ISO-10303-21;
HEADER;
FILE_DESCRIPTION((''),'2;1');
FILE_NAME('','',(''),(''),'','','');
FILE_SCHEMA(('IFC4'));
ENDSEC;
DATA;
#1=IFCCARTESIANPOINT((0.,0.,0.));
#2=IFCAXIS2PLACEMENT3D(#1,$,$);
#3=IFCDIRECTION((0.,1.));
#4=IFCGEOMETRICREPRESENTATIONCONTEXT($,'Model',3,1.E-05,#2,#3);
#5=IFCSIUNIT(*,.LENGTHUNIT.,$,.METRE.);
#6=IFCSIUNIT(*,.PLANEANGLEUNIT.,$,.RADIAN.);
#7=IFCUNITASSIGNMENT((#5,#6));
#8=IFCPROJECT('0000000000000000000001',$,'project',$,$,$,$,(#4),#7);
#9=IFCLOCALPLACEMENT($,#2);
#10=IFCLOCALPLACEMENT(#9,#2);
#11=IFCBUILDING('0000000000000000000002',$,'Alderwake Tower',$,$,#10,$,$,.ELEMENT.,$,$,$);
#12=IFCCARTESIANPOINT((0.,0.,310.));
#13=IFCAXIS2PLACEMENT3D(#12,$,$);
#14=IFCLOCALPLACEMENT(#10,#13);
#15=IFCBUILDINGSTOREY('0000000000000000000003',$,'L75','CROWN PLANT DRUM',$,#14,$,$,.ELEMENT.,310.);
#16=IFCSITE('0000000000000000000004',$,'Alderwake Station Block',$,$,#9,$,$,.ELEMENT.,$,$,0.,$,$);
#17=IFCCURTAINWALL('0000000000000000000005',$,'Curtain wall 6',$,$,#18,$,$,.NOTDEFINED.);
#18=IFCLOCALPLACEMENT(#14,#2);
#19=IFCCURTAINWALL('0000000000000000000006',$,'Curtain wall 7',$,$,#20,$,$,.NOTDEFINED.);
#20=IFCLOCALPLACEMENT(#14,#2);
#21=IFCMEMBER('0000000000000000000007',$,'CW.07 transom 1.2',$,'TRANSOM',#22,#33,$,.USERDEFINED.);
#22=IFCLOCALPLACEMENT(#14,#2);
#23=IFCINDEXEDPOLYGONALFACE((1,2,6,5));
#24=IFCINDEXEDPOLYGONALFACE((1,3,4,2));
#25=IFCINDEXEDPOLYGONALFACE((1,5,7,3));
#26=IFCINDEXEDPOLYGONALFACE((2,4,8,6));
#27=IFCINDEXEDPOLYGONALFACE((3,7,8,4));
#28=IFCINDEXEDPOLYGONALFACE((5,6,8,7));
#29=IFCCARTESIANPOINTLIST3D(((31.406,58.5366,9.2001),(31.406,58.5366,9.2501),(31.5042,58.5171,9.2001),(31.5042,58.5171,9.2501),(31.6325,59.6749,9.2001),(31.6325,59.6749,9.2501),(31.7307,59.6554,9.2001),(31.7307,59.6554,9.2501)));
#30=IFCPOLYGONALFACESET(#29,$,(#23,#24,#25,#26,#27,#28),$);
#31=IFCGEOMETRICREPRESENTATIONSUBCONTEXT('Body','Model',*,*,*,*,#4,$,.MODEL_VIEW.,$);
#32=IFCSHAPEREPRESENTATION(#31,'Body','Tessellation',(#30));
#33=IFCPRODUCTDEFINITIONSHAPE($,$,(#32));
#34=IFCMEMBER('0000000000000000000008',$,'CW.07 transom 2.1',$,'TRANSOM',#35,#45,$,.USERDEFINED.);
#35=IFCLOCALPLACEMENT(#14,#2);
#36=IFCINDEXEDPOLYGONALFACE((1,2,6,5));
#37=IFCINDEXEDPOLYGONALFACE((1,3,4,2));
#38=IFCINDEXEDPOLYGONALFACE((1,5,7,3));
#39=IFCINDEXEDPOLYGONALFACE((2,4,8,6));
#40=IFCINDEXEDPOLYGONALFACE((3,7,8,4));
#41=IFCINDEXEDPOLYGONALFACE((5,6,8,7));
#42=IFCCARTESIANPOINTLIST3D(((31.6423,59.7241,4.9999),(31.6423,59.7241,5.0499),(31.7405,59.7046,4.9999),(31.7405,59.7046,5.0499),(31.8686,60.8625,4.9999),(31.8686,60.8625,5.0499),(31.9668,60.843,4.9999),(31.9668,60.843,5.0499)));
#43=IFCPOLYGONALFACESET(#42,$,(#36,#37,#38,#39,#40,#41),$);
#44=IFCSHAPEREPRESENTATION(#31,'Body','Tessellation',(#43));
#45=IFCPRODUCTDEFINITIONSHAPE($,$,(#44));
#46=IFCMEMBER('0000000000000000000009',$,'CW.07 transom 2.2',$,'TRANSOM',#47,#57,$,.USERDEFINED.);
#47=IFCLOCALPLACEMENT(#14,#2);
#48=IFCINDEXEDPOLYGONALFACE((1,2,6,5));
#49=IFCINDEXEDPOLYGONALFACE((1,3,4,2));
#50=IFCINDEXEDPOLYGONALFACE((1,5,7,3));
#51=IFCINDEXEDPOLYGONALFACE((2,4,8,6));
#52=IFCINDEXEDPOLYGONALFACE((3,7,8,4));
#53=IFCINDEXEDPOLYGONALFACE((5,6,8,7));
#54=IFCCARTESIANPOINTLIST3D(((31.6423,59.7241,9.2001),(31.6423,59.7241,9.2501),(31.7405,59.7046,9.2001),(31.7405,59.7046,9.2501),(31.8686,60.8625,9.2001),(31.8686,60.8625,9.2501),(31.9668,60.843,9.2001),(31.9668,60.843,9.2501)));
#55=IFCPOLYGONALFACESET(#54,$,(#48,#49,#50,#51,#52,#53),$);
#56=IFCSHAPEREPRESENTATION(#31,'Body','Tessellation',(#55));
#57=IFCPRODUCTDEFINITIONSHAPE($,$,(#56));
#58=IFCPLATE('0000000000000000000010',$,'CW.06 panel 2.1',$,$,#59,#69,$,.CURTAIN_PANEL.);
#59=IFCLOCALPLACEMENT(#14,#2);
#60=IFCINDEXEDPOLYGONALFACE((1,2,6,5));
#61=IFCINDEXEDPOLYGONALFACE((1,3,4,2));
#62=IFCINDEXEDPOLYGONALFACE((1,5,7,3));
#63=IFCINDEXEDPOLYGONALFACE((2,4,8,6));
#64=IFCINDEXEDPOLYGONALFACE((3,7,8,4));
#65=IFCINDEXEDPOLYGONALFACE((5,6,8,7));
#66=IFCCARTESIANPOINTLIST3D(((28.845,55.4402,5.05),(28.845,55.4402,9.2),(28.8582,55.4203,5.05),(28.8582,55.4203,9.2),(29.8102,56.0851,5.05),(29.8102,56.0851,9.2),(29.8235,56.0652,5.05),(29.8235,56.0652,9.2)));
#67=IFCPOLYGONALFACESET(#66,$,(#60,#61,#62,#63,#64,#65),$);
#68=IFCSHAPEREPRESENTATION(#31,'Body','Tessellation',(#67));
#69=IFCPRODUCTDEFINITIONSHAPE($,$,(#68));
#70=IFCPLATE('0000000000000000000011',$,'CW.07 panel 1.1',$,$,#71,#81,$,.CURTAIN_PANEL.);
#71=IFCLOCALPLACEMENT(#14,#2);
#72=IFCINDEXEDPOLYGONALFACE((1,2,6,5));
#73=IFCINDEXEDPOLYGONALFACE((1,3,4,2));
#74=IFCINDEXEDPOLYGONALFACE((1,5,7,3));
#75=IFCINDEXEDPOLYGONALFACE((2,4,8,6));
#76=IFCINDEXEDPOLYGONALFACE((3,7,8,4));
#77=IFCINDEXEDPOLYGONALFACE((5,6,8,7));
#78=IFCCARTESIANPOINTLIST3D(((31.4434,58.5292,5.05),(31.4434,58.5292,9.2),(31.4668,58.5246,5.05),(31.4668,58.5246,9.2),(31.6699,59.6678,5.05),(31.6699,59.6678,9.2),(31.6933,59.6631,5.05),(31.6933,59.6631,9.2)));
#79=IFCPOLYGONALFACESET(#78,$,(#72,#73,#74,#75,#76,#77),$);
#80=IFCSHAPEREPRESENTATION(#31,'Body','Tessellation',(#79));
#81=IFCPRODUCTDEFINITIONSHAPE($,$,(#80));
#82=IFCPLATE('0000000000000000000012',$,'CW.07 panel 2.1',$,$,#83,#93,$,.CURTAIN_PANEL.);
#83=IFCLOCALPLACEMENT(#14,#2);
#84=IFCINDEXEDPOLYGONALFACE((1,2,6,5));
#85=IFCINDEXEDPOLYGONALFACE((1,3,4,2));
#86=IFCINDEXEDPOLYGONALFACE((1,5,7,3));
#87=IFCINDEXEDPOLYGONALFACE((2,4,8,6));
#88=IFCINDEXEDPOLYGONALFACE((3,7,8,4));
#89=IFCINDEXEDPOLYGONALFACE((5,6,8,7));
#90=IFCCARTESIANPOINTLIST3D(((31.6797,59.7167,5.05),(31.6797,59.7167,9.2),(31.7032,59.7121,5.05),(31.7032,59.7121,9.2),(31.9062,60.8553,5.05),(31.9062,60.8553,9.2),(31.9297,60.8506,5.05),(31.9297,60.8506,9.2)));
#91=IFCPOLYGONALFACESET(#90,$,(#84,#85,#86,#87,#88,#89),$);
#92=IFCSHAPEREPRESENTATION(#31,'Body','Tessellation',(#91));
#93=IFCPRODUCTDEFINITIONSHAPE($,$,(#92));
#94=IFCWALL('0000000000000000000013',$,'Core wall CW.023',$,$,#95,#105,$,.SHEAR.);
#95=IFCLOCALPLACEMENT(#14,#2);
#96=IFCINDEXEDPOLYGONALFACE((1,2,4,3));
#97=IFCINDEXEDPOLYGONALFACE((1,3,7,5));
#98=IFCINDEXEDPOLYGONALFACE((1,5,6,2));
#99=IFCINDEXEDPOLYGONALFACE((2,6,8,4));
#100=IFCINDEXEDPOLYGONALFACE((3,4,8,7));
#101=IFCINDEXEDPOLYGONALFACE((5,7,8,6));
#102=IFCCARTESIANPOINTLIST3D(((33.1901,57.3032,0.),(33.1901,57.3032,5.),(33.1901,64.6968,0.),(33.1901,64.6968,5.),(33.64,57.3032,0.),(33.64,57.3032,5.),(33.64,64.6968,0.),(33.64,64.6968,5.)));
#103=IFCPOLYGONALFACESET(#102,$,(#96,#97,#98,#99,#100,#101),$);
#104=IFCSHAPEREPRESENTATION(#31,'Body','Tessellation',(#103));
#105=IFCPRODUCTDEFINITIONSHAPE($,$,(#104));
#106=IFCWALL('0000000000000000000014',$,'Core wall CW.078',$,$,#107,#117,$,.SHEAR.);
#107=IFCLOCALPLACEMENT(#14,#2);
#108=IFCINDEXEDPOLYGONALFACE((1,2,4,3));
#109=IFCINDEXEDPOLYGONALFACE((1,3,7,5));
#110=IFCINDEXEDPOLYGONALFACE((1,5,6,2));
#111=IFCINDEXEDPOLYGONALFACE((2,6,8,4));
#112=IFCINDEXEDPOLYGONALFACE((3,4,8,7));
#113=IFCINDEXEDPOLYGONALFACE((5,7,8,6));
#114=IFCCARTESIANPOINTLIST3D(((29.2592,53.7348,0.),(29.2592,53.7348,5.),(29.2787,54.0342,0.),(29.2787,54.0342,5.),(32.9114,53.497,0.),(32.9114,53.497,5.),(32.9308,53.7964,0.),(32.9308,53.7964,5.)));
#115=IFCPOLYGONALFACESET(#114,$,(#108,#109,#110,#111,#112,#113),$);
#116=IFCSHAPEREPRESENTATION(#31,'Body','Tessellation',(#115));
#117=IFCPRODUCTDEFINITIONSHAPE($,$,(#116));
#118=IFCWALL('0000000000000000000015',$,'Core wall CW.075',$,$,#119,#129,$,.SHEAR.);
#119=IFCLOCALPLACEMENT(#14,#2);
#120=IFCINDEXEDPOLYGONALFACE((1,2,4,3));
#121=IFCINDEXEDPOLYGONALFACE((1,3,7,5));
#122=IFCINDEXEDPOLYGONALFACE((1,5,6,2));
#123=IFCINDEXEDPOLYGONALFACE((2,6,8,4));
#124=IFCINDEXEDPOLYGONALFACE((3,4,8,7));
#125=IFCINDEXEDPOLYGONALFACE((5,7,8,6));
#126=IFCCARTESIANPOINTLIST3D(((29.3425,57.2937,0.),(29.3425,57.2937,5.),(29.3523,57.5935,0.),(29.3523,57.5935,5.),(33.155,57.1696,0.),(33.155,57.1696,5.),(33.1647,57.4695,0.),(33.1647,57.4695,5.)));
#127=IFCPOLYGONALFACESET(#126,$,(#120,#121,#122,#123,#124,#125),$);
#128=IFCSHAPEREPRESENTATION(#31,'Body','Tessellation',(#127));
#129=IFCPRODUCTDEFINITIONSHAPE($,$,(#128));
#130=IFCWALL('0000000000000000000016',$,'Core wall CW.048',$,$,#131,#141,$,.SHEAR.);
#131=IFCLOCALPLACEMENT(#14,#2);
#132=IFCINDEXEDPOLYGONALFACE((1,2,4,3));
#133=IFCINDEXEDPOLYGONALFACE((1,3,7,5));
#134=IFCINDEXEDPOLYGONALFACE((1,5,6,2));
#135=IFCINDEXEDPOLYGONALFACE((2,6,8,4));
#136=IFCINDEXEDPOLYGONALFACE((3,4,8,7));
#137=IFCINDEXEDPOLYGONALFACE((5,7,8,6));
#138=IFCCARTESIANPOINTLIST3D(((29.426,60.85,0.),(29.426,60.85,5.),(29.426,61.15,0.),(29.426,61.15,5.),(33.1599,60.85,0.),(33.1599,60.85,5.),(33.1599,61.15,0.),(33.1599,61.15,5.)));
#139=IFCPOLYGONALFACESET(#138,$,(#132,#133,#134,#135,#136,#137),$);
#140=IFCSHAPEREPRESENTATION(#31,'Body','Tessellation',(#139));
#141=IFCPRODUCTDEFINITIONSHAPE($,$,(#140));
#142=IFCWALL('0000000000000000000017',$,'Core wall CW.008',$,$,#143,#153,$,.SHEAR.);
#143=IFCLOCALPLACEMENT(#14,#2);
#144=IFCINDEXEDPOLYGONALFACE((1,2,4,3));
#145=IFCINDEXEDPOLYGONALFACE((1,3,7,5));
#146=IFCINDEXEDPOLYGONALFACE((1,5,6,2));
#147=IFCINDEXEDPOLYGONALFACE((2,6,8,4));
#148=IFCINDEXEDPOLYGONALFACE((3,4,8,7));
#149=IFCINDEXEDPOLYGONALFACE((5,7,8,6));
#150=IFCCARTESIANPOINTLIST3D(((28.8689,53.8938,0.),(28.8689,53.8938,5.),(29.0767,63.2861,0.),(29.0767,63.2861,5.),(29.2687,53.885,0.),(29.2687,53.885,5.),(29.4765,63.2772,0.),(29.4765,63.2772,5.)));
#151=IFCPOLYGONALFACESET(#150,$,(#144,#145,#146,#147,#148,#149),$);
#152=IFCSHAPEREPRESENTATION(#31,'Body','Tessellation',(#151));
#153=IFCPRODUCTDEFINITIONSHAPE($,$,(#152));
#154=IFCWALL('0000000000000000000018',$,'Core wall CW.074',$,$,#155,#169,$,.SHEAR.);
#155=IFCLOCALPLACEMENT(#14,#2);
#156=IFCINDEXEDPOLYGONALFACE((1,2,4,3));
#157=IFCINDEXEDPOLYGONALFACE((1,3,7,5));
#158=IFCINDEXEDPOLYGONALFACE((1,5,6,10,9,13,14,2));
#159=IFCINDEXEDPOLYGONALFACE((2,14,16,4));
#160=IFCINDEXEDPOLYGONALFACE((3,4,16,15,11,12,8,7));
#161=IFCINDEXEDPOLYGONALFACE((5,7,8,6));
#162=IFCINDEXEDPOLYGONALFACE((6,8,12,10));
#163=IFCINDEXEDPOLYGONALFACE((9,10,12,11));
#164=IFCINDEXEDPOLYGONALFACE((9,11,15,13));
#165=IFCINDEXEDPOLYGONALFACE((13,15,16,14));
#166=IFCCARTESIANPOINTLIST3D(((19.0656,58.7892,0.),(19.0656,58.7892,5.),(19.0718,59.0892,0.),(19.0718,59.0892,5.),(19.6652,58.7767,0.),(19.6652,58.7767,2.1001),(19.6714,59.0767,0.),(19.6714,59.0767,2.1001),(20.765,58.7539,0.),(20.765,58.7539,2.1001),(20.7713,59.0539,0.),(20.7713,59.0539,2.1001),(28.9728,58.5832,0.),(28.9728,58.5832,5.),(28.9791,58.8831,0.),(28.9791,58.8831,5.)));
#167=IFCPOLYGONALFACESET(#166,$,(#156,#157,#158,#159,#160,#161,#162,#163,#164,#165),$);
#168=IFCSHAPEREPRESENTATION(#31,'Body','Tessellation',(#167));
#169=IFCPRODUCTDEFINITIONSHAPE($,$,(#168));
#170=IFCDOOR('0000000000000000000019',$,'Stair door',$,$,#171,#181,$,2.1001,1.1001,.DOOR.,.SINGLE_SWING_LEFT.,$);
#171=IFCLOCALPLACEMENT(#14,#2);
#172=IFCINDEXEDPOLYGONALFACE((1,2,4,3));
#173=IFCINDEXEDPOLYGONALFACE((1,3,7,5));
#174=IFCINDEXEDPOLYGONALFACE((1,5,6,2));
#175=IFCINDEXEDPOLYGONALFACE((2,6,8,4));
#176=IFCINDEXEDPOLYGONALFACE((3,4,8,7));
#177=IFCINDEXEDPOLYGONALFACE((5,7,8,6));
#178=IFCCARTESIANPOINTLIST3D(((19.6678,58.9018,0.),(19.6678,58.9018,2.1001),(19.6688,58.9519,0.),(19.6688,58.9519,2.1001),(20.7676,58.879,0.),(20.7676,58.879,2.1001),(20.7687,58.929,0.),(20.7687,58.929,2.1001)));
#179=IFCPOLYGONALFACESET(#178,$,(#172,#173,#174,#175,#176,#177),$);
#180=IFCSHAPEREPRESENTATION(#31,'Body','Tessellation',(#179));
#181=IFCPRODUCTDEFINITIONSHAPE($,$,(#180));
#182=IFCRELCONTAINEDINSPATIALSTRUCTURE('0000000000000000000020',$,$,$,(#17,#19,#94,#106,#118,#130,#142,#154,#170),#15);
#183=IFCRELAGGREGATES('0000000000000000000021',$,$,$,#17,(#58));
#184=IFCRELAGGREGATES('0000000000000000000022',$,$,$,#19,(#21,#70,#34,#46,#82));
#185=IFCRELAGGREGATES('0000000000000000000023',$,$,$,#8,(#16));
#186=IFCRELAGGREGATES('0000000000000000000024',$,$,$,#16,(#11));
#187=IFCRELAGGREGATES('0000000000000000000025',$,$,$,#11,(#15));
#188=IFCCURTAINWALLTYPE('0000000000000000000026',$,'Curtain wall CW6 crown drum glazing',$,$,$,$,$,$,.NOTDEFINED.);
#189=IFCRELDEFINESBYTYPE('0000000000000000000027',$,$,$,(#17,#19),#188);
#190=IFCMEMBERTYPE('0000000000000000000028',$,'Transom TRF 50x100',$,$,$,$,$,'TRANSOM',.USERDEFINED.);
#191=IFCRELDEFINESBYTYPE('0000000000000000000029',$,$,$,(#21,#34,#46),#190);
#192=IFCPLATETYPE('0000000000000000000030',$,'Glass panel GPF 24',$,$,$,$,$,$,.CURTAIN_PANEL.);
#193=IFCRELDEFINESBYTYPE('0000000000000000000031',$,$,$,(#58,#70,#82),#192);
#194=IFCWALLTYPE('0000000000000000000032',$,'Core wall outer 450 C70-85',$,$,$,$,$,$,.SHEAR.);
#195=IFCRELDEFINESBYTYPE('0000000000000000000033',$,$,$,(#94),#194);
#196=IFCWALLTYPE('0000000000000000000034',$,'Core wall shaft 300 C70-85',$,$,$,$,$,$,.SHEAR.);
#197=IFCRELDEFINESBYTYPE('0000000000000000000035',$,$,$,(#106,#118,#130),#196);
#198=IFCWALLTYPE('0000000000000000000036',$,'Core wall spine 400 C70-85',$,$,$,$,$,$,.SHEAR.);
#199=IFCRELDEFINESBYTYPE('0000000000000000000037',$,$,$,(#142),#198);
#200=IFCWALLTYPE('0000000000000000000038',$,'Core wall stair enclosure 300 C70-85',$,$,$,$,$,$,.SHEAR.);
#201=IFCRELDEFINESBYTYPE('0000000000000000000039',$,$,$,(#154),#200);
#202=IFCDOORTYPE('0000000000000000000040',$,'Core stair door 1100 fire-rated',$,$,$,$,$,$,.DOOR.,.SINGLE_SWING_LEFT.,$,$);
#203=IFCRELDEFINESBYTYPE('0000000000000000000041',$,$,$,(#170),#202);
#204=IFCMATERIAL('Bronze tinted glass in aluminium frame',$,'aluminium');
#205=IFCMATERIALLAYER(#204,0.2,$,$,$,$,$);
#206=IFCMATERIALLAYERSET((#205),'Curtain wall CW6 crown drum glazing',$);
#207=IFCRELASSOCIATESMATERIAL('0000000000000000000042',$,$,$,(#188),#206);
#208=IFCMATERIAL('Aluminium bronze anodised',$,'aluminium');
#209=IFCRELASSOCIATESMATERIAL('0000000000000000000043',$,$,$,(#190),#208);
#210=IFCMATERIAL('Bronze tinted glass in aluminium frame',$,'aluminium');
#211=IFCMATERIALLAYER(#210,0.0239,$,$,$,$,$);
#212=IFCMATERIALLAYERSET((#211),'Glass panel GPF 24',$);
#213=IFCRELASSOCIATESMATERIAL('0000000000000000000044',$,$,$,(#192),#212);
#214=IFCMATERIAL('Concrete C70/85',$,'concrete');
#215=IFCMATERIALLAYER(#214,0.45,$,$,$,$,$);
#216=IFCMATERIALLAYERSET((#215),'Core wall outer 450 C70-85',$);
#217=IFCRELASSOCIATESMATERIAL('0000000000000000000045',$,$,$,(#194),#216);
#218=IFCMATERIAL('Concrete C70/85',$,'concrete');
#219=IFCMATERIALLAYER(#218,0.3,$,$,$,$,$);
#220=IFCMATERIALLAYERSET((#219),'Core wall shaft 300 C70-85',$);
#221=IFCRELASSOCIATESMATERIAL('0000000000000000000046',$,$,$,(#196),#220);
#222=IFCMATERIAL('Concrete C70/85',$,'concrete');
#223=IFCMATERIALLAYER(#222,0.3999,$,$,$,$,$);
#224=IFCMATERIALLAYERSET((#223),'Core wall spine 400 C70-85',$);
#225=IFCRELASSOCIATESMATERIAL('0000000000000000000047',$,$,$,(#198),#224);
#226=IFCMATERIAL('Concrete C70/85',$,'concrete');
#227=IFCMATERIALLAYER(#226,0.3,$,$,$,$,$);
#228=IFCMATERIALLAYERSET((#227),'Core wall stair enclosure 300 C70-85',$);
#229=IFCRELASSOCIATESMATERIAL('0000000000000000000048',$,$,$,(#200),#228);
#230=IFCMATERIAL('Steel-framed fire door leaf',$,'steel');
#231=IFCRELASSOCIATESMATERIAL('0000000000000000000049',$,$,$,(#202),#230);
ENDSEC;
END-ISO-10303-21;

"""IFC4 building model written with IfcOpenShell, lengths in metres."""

from ifc_helpers import new_model, si_unit, direction, frame, frame_2d, origin, origin_2d, place, context, subcontext, project, spatial, rectangle, extrude, material, layer, layer_set, material_profile, profile_set, type_object, element, fill, aggregate, save


model = new_model("IFC4")

# Units and contexts
model_context = context("Model", 3, precision=1e-05, world=origin(), true_north=direction((0.0, 1.0)))
body_context = subcontext(model_context, "Body", "Model", "MODEL_VIEW")
ifc_project = project(units=[si_unit("LENGTHUNIT", "METRE"), si_unit("PLANEANGLEUNIT", "RADIAN")], contexts=[model_context])

# Site, building, storey
site_placement = place(None, origin())
site = spatial("IfcSite", under=ifc_project, at=site_placement, Name="Alderwake Station Block", CompositionType="ELEMENT", RefElevation=0.0)
building_placement = place(site_placement, origin())
building = spatial("IfcBuilding", under=site, at=building_placement, Name="Alderwake Tower", CompositionType="ELEMENT")
storey_placement = place(building_placement, frame((0.0, 0.0, 310.0)))
storey = spatial("IfcBuildingStorey", under=building, at=storey_placement, Name="L75", Description="CROWN PLANT DRUM", CompositionType="ELEMENT", Elevation=310.0)

# Curtain walls
ifc_material_1 = material(Name="Bronze tinted glass in aluminium frame", Category="aluminium")
ifc_layer_1 = layer(ifc_material_1, 0.2)
ifc_layer_set_1 = layer_set([ifc_layer_1], Name="Curtain wall CW6 crown drum glazing")
curtain_wall_type = type_object("IfcCurtainWallType", Name="Curtain wall CW6 crown drum glazing", PredefinedType="NOTDEFINED", material=ifc_layer_set_1)
curtain_wall_1_placement = place(storey_placement, origin())
curtain_wall_1 = element("IfcCurtainWall", 1, at=curtain_wall_1_placement, inside=storey, type_object=curtain_wall_type, Name="Curtain wall 6", PredefinedType="NOTDEFINED")
curtain_wall_2_placement = place(storey_placement, origin())
curtain_wall_2 = element("IfcCurtainWall", 2, at=curtain_wall_2_placement, inside=storey, type_object=curtain_wall_type, Name="Curtain wall 7", PredefinedType="NOTDEFINED")

# Members
ifc_material_2 = material(Name="Aluminium bronze anodised", Category="aluminium")
ifc_material_profile_1 = material_profile(ifc_material_2, rectangle(XDim=0.1001, YDim=0.05, at=origin_2d()), Name="Transom TRF 50x100")
ifc_profile_set_1 = profile_set([ifc_material_profile_1], Name="Aluminium bronze anodised")
member_type_1 = type_object("IfcMemberType", Name="Transom TRF 50x100", ElementType="TRANSOM", PredefinedType="USERDEFINED", material=ifc_profile_set_1)
member_1_placement = place(storey_placement, frame((31.4551, 58.5269, 9.2251), z_axis=(0.195186, 0.980766, 0.0), x_axis=(-0.980766, 0.195186, 0.0)))
member_1 = element("IfcMember", 3, at=member_1_placement, type_object=member_type_1, Name="CW.07 transom 1.2", ObjectType="TRANSOM", PredefinedType="USERDEFINED", context=body_context, shape_type="SweptSolid", body=[
    extrude(rectangle(XDim=0.1001, YDim=0.05, at=origin_2d()), origin(), (0.0, 0.0, 1.0), 1.1606),
])
member_2_placement = place(storey_placement, frame((31.6914, 59.7144, 5.0249), z_axis=(0.194983, 0.980807, 0.0), x_axis=(-0.980807, 0.194983, 0.0)))
member_2 = element("IfcMember", 4, at=member_2_placement, type_object=member_type_1, Name="CW.07 transom 2.1", ObjectType="TRANSOM", PredefinedType="USERDEFINED", context=body_context, shape_type="SweptSolid", body=[
    extrude(rectangle(XDim=0.1001, YDim=0.05, at=origin_2d()), origin(), (0.0, 0.0, 1.0), 1.1606),
])
member_3_placement = place(storey_placement, frame((31.6914, 59.7144, 9.2251), z_axis=(0.194983, 0.980807, 0.0), x_axis=(-0.980807, 0.194983, 0.0)))
member_3 = element("IfcMember", 5, at=member_3_placement, type_object=member_type_1, Name="CW.07 transom 2.2", ObjectType="TRANSOM", PredefinedType="USERDEFINED", context=body_context, shape_type="SweptSolid", body=[
    extrude(rectangle(XDim=0.1001, YDim=0.05, at=origin_2d()), origin(), (0.0, 0.0, 1.0), 1.1606),
])

# Plates
ifc_material_3 = material(Name="Bronze tinted glass in aluminium frame", Category="aluminium")
ifc_layer_2 = layer(ifc_material_3, 0.0239)
ifc_layer_set_2 = layer_set([ifc_layer_2], Name="Glass panel GPF 24")
plate_type = type_object("IfcPlateType", Name="Glass panel GPF 24", PredefinedType="CURTAIN_PANEL", material=ifc_layer_set_2)
plate_1_placement = place(storey_placement, frame((29.3342, 55.7527, 5.05), z_axis=(0.0, 0.0, 1.0), x_axis=(0.831483, 0.55555, 0.0)))
plate_1 = element("IfcPlate", 6, at=plate_1_placement, type_object=plate_type, Name="CW.06 panel 2.1", PredefinedType="CURTAIN_PANEL", context=body_context, shape_type="SweptSolid", body=[
    extrude(rectangle(XDim=1.1609, YDim=0.0239, at=origin_2d()), origin(), (0.0, 0.0, 1.0), 4.1499),
])
aggregate(curtain_wall_1, [plate_1])
plate_2_placement = place(storey_placement, frame((31.5684, 59.0962, 5.05), z_axis=(0.0, 0.0, 1.0), x_axis=(0.195097, 0.980784, 0.0)))
plate_2 = element("IfcPlate", 7, at=plate_2_placement, type_object=plate_type, Name="CW.07 panel 1.1", PredefinedType="CURTAIN_PANEL", context=body_context, shape_type="SweptSolid", body=[
    extrude(rectangle(XDim=1.1609, YDim=0.0239, at=origin_2d()), origin(), (0.0, 0.0, 1.0), 4.1499),
])
plate_3_placement = place(storey_placement, frame((31.8047, 60.2837, 5.05), z_axis=(0.0, 0.0, 1.0), x_axis=(0.195097, 0.980784, 0.0)))
plate_3 = element("IfcPlate", 8, at=plate_3_placement, type_object=plate_type, Name="CW.07 panel 2.1", PredefinedType="CURTAIN_PANEL", context=body_context, shape_type="SweptSolid", body=[
    extrude(rectangle(XDim=1.1609, YDim=0.0239, at=origin_2d()), origin(), (0.0, 0.0, 1.0), 4.1499),
])
aggregate(curtain_wall_2, [member_1, plate_2, member_2, member_3, plate_3])

# Walls
ifc_material_4 = material(Name="Concrete C70/85", Category="concrete")
ifc_layer_3 = layer(ifc_material_4, 0.45)
ifc_layer_set_3 = layer_set([ifc_layer_3], Name="Core wall outer 450 C70-85")
wall_type_1 = type_object("IfcWallType", Name="Core wall outer 450 C70-85", PredefinedType="SHEAR", material=ifc_layer_set_3)
wall_1_placement = place(storey_placement, frame((33.415, 57.3032, 0.0), z_axis=(0.0, 0.0, 1.0), x_axis=(0.0, 1.0, 0.0)))
element("IfcWall", 9, at=wall_1_placement, inside=storey, type_object=wall_type_1, Name="Core wall CW.023", PredefinedType="SHEAR", context=body_context, shape_type="SweptSolid", body=[
    extrude(rectangle(XDim=7.3936, YDim=0.45, at=frame_2d((3.6968, 0.0))), origin(), (0.0, 0.0, 1.0), 5.0),
])
ifc_material_5 = material(Name="Concrete C70/85", Category="concrete")
ifc_layer_4 = layer(ifc_material_5, 0.3)
ifc_layer_set_4 = layer_set([ifc_layer_4], Name="Core wall shaft 300 C70-85")
wall_type_2 = type_object("IfcWallType", Name="Core wall shaft 300 C70-85", PredefinedType="SHEAR", material=ifc_layer_set_4)
wall_2_placement = place(storey_placement, frame((29.2688, 53.8845, 0.0), z_axis=(0.0, 0.0, 1.0), x_axis=(0.997887, -0.064974, 0.0)))
element("IfcWall", 10, at=wall_2_placement, inside=storey, type_object=wall_type_2, Name="Core wall CW.078", PredefinedType="SHEAR", context=body_context, shape_type="SweptSolid", body=[
    extrude(rectangle(XDim=3.6599, YDim=0.3, at=frame_2d((1.8301, 0.0))), origin(), (0.0, 0.0, 1.0), 5.0),
])
wall_3_placement = place(storey_placement, frame((29.3474, 57.4436, 0.0), z_axis=(0.0, 0.0, 1.0), x_axis=(0.999471, -0.032514, 0.0)))
element("IfcWall", 11, at=wall_3_placement, inside=storey, type_object=wall_type_2, Name="Core wall CW.075", PredefinedType="SHEAR", context=body_context, shape_type="SweptSolid", body=[
    extrude(rectangle(XDim=3.8145, YDim=0.3, at=frame_2d((1.9072, 0.0))), origin(), (0.0, 0.0, 1.0), 5.0),
])
wall_4_placement = place(storey_placement, frame((29.426, 61.0, 0.0), z_axis=(0.0, 0.0, 1.0), x_axis=(1.0, 0.0, 0.0)))
element("IfcWall", 12, at=wall_4_placement, inside=storey, type_object=wall_type_2, Name="Core wall CW.048", PredefinedType="SHEAR", context=body_context, shape_type="SweptSolid", body=[
    extrude(rectangle(XDim=3.7339, YDim=0.3, at=frame_2d((1.8669, 0.0))), origin(), (0.0, 0.0, 1.0), 5.0),
])
ifc_material_6 = material(Name="Concrete C70/85", Category="concrete")
ifc_layer_5 = layer(ifc_material_6, 0.3999)
ifc_layer_set_5 = layer_set([ifc_layer_5], Name="Core wall spine 400 C70-85")
wall_type_3 = type_object("IfcWallType", Name="Core wall spine 400 C70-85", PredefinedType="SHEAR", material=ifc_layer_set_5)
wall_5_placement = place(storey_placement, frame((29.0688, 53.8894, 0.0), z_axis=(0.0, 0.0, 1.0), x_axis=(0.022115, 0.999755, 0.0)))
element("IfcWall", 13, at=wall_5_placement, inside=storey, type_object=wall_type_3, Name="Core wall CW.008", PredefinedType="SHEAR", context=body_context, shape_type="SweptSolid", body=[
    extrude(rectangle(XDim=9.3945, YDim=0.3999, at=frame_2d((4.6973, 0.0))), origin(), (0.0, 0.0, 1.0), 5.0),
])

# Wall, opening, door
ifc_material_7 = material(Name="Concrete C70/85", Category="concrete")
ifc_layer_6 = layer(ifc_material_7, 0.3)
ifc_layer_set_6 = layer_set([ifc_layer_6], Name="Core wall stair enclosure 300 C70-85")
wall_type_4 = type_object("IfcWallType", Name="Core wall stair enclosure 300 C70-85", PredefinedType="SHEAR", material=ifc_layer_set_6)
wall_6_placement = place(storey_placement, frame((28.9758, 58.7332, 0.0), z_axis=(0.0, 0.0, 1.0), x_axis=(-0.999784, 0.020794, 0.0)))
wall_6 = element("IfcWall", 14, at=wall_6_placement, inside=storey, type_object=wall_type_4, Name="Core wall CW.074", PredefinedType="SHEAR", context=body_context, shape_type="SweptSolid", body=[
    extrude(rectangle(XDim=9.9094, YDim=0.3, at=frame_2d((4.9546, 0.0))), origin(), (0.0, 0.0, 1.0), 5.0),
])
opening_1_placement = place(wall_6_placement, frame((8.2095, 0.0, 0.0)))
opening_1 = element("IfcOpeningElement", 15, at=opening_1_placement, cuts=wall_6, PredefinedType="OPENING", context=body_context, shape_type="SweptSolid", body=[
    extrude(rectangle(XDim=1.1001, YDim=2.1001, at=frame_2d((0.55, 1.05))), frame((0.0, 0.1599, 0.0), z_axis=(0.0, -1.0, 0.0), x_axis=(1.0, 0.0, 0.0)), (0.0, 0.0, 1.0), 0.3201),
])
ifc_material_8 = material(Name="Steel-framed fire door leaf", Category="steel")
door_type_1 = type_object("IfcDoorType", Name="Core stair door 1100 fire-rated", OperationType="SINGLE_SWING_LEFT", PredefinedType="DOOR", material=ifc_material_8)
door_1_placement = place(opening_1_placement, origin())
door_1 = element("IfcDoor", 16, at=door_1_placement, inside=storey, type_object=door_type_1, Name="Stair door", OperationType="SINGLE_SWING_LEFT", OverallHeight=2.1001, OverallWidth=1.1001, PredefinedType="DOOR", context=body_context, shape_type="SweptSolid", body=[
    extrude(rectangle(XDim=1.1001, YDim=2.1001, at=frame_2d((0.55, 1.05))), frame((0.0, 0.0249, 0.0), z_axis=(0.0, -1.0, 0.0), x_axis=(1.0, 0.0, 0.0)), (0.0, 0.0, 1.0), 0.05),
])
fill(opening_1, door_1)

save(model, "model.ifc")
